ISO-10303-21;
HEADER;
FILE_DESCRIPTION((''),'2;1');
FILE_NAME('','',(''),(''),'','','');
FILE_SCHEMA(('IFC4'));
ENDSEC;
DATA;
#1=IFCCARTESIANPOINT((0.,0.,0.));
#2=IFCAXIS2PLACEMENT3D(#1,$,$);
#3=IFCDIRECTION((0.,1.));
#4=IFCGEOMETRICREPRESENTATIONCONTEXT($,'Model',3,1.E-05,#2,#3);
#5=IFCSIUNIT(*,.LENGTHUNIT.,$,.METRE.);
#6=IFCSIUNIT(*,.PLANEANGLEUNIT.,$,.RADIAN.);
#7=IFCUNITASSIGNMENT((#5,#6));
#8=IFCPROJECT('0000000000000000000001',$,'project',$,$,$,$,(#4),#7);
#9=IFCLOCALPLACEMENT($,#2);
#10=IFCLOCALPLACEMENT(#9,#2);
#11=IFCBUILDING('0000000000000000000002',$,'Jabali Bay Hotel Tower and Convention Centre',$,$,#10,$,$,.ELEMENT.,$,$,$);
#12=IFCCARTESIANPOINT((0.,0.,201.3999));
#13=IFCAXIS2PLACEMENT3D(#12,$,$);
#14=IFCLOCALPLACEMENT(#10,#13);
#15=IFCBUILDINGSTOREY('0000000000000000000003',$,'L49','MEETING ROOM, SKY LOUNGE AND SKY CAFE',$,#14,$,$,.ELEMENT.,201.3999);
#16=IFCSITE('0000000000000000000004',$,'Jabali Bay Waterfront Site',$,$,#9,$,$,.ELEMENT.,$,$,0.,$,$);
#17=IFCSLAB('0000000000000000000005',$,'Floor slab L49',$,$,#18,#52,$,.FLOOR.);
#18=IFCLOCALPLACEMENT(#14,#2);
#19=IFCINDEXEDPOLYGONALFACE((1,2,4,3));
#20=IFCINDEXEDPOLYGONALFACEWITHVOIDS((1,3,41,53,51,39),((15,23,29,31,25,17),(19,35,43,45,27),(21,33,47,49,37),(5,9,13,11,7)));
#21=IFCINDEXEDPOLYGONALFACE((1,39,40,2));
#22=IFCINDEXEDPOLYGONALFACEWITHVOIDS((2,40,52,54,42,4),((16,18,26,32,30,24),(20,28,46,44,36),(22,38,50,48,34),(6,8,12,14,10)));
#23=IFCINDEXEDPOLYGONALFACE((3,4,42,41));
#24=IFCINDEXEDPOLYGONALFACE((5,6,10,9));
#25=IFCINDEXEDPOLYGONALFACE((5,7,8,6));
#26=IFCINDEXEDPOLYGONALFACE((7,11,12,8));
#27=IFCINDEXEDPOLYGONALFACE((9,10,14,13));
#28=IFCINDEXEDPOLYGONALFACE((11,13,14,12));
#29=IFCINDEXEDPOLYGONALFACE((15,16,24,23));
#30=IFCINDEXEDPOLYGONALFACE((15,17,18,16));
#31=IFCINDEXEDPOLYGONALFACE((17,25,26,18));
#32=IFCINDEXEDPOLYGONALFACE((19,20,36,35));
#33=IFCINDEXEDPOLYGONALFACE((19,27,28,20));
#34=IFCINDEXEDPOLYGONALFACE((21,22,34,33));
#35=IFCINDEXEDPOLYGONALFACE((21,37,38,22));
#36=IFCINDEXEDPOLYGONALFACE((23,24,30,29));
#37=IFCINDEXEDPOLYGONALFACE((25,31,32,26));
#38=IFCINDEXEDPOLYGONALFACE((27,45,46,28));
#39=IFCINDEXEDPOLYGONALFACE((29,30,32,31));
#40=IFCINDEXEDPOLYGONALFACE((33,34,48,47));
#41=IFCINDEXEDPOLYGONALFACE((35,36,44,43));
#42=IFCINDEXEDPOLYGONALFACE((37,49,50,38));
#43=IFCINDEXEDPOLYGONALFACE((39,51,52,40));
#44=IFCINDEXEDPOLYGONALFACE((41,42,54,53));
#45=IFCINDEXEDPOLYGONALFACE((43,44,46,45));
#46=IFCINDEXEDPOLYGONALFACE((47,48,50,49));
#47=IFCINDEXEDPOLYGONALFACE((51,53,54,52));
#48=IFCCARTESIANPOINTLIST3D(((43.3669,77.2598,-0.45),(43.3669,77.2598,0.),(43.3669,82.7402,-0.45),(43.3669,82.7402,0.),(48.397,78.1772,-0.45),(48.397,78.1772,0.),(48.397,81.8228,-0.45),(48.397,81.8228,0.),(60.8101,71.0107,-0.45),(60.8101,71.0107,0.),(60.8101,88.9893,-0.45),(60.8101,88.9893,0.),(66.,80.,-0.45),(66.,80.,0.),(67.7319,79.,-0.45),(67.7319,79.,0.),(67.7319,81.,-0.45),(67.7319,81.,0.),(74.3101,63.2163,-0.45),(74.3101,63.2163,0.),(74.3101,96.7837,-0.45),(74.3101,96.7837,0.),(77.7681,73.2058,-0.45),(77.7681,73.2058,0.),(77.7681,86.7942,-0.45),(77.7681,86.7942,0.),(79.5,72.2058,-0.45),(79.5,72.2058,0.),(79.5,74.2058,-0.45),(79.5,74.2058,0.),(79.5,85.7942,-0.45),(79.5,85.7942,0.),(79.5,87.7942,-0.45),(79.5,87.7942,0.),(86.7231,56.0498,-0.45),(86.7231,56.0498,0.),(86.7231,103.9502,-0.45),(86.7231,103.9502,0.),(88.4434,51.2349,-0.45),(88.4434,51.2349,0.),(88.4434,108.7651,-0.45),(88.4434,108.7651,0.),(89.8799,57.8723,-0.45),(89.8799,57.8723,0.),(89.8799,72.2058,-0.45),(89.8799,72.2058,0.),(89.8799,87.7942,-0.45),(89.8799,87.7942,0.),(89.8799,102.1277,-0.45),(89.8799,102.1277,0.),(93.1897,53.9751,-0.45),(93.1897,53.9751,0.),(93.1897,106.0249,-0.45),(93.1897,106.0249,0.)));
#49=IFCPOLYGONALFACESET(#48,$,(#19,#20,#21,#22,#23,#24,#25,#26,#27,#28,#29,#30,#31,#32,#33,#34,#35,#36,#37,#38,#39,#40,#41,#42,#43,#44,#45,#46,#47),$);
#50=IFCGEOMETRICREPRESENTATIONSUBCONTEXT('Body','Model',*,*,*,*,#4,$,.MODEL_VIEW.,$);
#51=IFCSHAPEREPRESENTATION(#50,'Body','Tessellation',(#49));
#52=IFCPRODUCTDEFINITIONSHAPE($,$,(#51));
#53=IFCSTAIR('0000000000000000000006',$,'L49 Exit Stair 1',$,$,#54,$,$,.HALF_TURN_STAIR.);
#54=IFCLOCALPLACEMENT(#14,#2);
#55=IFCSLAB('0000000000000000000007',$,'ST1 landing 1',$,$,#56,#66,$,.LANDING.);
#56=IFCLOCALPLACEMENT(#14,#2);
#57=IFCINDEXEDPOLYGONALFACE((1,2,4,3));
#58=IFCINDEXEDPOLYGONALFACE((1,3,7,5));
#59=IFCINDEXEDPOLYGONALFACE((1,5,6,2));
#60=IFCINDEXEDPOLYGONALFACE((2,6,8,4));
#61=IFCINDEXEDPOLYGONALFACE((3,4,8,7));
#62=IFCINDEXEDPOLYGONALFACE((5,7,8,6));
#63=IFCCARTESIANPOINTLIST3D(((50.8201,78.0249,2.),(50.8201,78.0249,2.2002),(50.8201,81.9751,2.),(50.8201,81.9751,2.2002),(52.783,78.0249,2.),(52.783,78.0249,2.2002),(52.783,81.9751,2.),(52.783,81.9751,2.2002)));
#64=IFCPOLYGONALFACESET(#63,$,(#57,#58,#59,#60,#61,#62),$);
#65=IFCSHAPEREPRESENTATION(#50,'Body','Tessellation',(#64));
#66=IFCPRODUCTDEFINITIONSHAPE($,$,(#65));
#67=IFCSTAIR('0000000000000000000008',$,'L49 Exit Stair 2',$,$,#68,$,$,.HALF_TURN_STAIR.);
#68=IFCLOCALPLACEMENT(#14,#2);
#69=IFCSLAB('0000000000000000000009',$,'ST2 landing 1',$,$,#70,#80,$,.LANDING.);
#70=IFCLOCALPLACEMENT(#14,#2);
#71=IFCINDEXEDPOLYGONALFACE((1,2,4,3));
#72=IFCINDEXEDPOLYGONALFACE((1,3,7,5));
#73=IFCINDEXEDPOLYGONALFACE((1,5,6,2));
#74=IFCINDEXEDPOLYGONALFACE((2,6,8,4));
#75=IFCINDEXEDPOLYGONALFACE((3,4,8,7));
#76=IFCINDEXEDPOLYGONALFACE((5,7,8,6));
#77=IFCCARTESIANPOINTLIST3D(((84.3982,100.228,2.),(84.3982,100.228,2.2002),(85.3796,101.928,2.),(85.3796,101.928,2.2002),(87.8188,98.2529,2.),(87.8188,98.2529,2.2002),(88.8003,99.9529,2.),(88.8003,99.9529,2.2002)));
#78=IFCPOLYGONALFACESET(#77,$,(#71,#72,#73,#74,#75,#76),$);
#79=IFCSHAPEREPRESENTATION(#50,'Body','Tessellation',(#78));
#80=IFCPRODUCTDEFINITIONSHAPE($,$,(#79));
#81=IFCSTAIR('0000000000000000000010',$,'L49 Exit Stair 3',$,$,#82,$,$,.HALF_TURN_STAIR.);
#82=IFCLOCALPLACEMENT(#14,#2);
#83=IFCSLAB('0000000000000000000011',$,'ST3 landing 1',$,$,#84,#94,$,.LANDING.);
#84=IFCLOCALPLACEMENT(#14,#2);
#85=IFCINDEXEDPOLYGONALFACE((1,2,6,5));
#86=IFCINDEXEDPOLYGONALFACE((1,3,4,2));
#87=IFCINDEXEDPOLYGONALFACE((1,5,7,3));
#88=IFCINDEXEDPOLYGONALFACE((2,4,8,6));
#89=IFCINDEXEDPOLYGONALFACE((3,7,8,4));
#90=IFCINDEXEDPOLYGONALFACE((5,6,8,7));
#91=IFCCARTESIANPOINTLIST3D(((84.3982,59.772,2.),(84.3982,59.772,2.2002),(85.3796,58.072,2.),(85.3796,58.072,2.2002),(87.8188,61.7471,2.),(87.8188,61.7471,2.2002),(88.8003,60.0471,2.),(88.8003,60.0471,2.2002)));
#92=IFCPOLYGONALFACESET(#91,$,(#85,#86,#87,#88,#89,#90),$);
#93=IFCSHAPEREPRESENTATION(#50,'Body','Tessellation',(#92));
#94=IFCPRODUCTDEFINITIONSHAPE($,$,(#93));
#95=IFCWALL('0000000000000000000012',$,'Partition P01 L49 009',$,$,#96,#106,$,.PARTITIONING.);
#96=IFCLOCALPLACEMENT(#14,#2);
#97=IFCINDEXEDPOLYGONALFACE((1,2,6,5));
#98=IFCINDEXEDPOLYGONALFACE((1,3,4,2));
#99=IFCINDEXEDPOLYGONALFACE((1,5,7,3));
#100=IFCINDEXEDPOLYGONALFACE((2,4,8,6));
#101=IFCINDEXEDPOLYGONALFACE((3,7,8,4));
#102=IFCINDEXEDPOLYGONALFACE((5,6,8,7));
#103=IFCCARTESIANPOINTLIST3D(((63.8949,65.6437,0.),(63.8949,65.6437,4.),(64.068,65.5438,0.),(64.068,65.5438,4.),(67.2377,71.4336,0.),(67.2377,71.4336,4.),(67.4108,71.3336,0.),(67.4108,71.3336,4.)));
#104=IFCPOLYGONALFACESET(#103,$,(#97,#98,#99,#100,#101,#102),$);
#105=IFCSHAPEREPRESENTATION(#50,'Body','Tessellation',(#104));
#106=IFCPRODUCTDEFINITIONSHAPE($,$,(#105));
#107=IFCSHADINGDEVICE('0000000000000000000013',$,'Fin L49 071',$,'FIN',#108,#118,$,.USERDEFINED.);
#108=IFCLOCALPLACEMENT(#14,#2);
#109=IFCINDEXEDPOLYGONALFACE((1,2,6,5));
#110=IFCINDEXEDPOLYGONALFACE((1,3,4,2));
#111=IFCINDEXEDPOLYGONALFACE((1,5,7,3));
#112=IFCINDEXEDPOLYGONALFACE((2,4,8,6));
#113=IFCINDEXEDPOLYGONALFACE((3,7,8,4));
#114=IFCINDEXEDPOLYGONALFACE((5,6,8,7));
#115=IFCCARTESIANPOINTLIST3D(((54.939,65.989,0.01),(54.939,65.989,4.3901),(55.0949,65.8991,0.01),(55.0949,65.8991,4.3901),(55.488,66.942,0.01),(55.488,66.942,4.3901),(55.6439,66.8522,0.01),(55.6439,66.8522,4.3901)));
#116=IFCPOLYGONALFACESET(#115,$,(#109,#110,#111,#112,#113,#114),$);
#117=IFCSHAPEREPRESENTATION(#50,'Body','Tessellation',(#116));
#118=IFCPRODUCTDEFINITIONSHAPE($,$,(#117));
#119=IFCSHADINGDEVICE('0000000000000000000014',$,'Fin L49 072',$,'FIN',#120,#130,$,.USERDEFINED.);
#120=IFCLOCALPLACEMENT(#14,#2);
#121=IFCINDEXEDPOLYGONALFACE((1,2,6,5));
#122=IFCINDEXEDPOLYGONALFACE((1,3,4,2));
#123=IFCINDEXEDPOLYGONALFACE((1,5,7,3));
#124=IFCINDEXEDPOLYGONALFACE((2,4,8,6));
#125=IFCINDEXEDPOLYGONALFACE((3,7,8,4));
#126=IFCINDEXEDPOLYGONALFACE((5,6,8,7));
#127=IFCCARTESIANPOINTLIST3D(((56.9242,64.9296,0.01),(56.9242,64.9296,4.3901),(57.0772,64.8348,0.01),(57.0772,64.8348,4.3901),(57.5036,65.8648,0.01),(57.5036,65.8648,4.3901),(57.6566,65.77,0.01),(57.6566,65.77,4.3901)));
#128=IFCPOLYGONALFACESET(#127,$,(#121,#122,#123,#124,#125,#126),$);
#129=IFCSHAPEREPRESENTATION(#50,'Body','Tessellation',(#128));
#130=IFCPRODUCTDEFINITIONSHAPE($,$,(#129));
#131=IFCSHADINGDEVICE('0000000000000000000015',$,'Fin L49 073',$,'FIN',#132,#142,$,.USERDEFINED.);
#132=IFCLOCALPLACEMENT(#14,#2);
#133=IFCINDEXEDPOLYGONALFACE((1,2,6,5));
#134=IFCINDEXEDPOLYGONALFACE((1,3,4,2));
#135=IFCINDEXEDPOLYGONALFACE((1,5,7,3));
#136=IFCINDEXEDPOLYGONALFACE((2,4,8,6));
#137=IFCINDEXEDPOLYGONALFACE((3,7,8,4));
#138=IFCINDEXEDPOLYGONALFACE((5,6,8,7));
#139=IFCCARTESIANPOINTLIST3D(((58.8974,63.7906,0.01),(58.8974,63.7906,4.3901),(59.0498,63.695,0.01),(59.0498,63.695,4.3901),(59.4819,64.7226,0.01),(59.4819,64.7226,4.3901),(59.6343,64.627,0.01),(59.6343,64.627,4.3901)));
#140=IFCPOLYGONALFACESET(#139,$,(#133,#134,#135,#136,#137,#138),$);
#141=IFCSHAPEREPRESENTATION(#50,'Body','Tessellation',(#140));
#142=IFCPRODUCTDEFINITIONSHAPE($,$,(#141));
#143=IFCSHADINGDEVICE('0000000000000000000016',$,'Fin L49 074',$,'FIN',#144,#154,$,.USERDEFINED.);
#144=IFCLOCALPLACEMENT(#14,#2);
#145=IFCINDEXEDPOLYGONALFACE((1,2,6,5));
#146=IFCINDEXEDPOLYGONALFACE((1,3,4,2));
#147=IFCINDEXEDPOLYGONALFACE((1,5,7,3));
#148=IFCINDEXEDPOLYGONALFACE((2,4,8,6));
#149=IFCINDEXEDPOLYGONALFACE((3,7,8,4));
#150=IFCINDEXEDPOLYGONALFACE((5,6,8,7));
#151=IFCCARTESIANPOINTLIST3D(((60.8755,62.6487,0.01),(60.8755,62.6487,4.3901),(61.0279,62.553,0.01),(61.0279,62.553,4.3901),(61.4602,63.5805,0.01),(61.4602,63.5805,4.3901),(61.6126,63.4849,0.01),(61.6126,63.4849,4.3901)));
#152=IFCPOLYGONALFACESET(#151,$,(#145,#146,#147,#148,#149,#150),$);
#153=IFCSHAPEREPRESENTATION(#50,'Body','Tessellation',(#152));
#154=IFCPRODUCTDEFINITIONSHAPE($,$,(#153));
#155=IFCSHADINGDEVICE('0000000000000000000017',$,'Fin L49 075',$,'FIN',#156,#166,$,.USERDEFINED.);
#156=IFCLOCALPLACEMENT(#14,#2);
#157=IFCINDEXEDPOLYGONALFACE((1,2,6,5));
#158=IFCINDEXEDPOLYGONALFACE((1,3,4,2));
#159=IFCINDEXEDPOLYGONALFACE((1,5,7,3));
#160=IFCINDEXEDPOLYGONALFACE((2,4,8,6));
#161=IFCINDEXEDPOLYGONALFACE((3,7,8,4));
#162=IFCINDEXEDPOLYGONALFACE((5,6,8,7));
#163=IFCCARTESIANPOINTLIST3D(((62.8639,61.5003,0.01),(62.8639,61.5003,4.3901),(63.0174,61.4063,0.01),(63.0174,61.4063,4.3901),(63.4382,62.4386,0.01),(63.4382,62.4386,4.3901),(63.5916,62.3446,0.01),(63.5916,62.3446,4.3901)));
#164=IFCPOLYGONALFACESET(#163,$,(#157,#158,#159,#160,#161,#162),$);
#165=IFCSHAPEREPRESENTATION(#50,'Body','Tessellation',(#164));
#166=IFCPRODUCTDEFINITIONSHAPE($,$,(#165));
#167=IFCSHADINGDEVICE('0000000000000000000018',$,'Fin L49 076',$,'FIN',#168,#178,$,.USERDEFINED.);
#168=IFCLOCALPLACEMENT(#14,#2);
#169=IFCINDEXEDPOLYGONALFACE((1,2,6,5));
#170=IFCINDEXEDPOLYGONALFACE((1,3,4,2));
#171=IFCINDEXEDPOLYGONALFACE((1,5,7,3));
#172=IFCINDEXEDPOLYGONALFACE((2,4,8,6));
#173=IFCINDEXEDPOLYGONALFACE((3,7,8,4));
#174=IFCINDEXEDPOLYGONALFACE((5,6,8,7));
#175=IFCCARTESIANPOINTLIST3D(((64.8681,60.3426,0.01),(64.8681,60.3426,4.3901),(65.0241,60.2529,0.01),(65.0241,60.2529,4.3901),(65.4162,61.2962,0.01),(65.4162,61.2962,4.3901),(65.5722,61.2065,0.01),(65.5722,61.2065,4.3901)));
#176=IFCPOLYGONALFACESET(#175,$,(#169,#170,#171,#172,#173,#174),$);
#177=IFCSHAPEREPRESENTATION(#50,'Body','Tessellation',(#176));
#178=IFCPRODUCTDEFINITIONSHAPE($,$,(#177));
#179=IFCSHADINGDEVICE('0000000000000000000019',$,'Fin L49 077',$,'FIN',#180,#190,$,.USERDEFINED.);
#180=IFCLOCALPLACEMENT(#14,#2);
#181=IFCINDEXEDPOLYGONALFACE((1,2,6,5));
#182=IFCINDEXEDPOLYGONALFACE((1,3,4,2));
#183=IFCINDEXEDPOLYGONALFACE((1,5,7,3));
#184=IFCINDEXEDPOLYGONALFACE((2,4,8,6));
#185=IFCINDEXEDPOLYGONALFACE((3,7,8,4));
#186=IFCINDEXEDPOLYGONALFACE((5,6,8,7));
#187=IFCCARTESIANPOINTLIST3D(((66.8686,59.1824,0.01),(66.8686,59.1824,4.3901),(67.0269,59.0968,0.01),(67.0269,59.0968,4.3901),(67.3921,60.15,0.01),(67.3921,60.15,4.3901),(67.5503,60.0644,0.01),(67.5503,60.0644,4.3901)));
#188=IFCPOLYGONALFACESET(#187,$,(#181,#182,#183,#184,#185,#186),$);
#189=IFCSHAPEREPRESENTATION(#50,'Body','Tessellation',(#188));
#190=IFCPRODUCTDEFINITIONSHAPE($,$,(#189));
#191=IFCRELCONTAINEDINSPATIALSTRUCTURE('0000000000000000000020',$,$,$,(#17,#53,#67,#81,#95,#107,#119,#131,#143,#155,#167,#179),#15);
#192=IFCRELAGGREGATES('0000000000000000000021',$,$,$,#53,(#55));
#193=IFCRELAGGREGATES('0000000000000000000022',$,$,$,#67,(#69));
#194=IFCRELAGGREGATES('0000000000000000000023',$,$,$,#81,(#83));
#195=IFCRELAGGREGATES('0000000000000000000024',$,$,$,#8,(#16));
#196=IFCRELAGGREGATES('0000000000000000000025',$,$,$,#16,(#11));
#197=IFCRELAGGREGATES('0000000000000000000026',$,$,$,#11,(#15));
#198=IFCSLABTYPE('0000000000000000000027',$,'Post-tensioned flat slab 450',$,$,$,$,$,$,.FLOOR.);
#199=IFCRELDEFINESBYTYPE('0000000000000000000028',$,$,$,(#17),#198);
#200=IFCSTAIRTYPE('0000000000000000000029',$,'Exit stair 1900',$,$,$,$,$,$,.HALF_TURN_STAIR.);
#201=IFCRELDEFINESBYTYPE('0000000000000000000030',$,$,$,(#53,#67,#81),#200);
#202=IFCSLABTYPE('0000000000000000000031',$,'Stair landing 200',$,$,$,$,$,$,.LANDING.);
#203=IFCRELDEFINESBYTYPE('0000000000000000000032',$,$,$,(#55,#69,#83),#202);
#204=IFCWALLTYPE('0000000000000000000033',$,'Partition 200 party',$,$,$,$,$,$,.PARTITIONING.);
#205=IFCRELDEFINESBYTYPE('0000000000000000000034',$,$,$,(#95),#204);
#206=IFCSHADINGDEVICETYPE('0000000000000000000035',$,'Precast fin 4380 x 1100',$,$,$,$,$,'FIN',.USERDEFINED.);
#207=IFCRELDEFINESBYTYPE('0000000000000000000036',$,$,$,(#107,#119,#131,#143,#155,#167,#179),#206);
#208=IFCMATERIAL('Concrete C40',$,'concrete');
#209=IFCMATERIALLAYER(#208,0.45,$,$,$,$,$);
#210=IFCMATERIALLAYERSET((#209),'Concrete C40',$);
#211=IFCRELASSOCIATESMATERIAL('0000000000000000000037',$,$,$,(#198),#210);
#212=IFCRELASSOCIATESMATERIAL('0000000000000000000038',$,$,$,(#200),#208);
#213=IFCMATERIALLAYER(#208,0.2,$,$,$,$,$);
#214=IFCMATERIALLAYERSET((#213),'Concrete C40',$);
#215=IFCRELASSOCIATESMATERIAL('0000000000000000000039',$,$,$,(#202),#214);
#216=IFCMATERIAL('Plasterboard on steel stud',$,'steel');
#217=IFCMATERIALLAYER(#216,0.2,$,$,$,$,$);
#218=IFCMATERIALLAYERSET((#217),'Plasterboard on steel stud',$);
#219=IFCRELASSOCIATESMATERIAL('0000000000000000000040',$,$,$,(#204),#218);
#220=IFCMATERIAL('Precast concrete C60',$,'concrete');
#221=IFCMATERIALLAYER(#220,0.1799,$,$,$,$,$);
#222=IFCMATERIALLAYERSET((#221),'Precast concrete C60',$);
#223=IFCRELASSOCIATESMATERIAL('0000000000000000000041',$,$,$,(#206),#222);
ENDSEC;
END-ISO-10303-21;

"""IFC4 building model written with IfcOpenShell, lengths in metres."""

from ifc_helpers import new_model, si_unit, direction, frame, frame_2d, origin, place, context, subcontext, project, spatial, polyline, rectangle, outline, extrude, material, layer, layer_set, type_object, element, aggregate, save


model = new_model("IFC4")

# Units and contexts
model_context = context("Model", 3, precision=1e-05, world=origin(), true_north=direction((0.0, 1.0)))
body_context = subcontext(model_context, "Body", "Model", "MODEL_VIEW")
ifc_project = project(units=[si_unit("LENGTHUNIT", "METRE"), si_unit("PLANEANGLEUNIT", "RADIAN")], contexts=[model_context])

# Site, building, storey
site_placement = place(None, origin())
site = spatial("IfcSite", under=ifc_project, at=site_placement, Name="Jabali Bay Waterfront Site", CompositionType="ELEMENT", RefElevation=0.0)
building_placement = place(site_placement, origin())
building = spatial("IfcBuilding", under=site, at=building_placement, Name="Jabali Bay Hotel Tower and Convention Centre", CompositionType="ELEMENT")
storey_placement = place(building_placement, frame((0.0, 0.0, 201.3999)))
storey = spatial("IfcBuildingStorey", under=building, at=storey_placement, Name="L49", Description="MEETING ROOM, SKY LOUNGE AND SKY CAFE", CompositionType="ELEMENT", Elevation=201.3999)

# Slab
ifc_material_1 = material(Name="Concrete C40", Category="concrete")
ifc_layer_1 = layer(ifc_material_1, 0.45)
ifc_layer_set_1 = layer_set([ifc_layer_1], Name="Concrete C40")
slab_type_1 = type_object("IfcSlabType", Name="Post-tensioned flat slab 450", PredefinedType="FLOOR", material=ifc_layer_set_1)
slab_1_placement = place(storey_placement, frame((0.0, 0.0, -0.45)))
element("IfcSlab", 1, at=slab_1_placement, inside=storey, type_object=slab_type_1, Name="Floor slab L49", PredefinedType="FLOOR", context=body_context, shape_type="SweptSolid", body=[
    extrude(outline(polyline([(88.4434, 108.7651), (93.1897, 106.0249), (93.1897, 53.9751), (88.4434, 51.2349), (43.3669, 77.2598), (43.3669, 82.7402), (88.4434, 108.7651)]), holes=[polyline([(67.7319, 79.0), (77.7681, 73.2058), (79.5, 74.2058), (79.5, 85.7942), (77.7681, 86.7942), (67.7319, 81.0), (67.7319, 79.0)]), polyline([(48.397, 78.1772), (60.8101, 71.0107), (66.0, 80.0), (60.8101, 88.9893), (48.397, 81.8228), (48.397, 78.1772)]), polyline([(89.8799, 102.1277), (86.7231, 103.9502), (74.3101, 96.7837), (79.5, 87.7942), (89.8799, 87.7942), (89.8799, 102.1277)]), polyline([(74.3101, 63.2163), (86.7231, 56.0498), (89.8799, 57.8723), (89.8799, 72.2058), (79.5, 72.2058), (74.3101, 63.2163)])]), origin(), (0.0, 0.0, 1.0), 0.45),
])

# Stairs, slabs
stair_type = type_object("IfcStairType", Name="Exit stair 1900", PredefinedType="HALF_TURN_STAIR", material=ifc_material_1)
stair_1_placement = place(storey_placement, origin())
stair_1 = element("IfcStair", 2, at=stair_1_placement, inside=storey, type_object=stair_type, Name="L49 Exit Stair 1", PredefinedType="HALF_TURN_STAIR")
ifc_layer_2 = layer(ifc_material_1, 0.2)
ifc_layer_set_2 = layer_set([ifc_layer_2], Name="Concrete C40")
slab_type_2 = type_object("IfcSlabType", Name="Stair landing 200", PredefinedType="LANDING", material=ifc_layer_set_2)
slab_2_placement = place(storey_placement, frame((0.0, 0.0, 2.0)))
slab_2 = element("IfcSlab", 3, at=slab_2_placement, type_object=slab_type_2, Name="ST1 landing 1", PredefinedType="LANDING", context=body_context, shape_type="SweptSolid", body=[
    extrude(outline(polyline([(52.783, 81.9751), (50.8201, 81.9751), (50.8201, 78.0249), (52.783, 78.0249), (52.783, 81.9751)])), origin(), (0.0, 0.0, 1.0), 0.2002),
])
aggregate(stair_1, [slab_2])
stair_2_placement = place(storey_placement, origin())
stair_2 = element("IfcStair", 4, at=stair_2_placement, inside=storey, type_object=stair_type, Name="L49 Exit Stair 2", PredefinedType="HALF_TURN_STAIR")
slab_3_placement = place(storey_placement, frame((0.0, 0.0, 2.0)))
slab_3 = element("IfcSlab", 5, at=slab_3_placement, type_object=slab_type_2, Name="ST2 landing 1", PredefinedType="LANDING", context=body_context, shape_type="SweptSolid", body=[
    extrude(outline(polyline([(87.8188, 98.2529), (88.8003, 99.9529), (85.3796, 101.928), (84.3982, 100.228), (87.8188, 98.2529)])), origin(), (0.0, 0.0, 1.0), 0.2002),
])
aggregate(stair_2, [slab_3])
stair_3_placement = place(storey_placement, origin())
stair_3 = element("IfcStair", 6, at=stair_3_placement, inside=storey, type_object=stair_type, Name="L49 Exit Stair 3", PredefinedType="HALF_TURN_STAIR")
slab_4_placement = place(storey_placement, frame((0.0, 0.0, 2.0)))
slab_4 = element("IfcSlab", 7, at=slab_4_placement, type_object=slab_type_2, Name="ST3 landing 1", PredefinedType="LANDING", context=body_context, shape_type="SweptSolid", body=[
    extrude(outline(polyline([(84.3982, 59.772), (85.3796, 58.072), (88.8003, 60.0471), (87.8188, 61.7471), (84.3982, 59.772)])), origin(), (0.0, 0.0, 1.0), 0.2002),
])
aggregate(stair_3, [slab_4])

# Wall
ifc_material_2 = material(Name="Plasterboard on steel stud", Category="steel")
ifc_layer_3 = layer(ifc_material_2, 0.2)
ifc_layer_set_3 = layer_set([ifc_layer_3], Name="Plasterboard on steel stud")
wall_type = type_object("IfcWallType", Name="Partition 200 party", PredefinedType="PARTITIONING", material=ifc_layer_set_3)
wall_placement = place(storey_placement, frame((63.9814, 65.5938, 0.0), z_axis=(0.0, 0.0, 1.0), x_axis=(0.500004, 0.866023, 0.0)))
element("IfcWall", 8, at=wall_placement, inside=storey, type_object=wall_type, Name="Partition P01 L49 009", PredefinedType="PARTITIONING", context=body_context, shape_type="SweptSolid", body=[
    extrude(rectangle(XDim=6.6855, YDim=0.2, at=frame_2d((3.3428, 0.0))), origin(), (0.0, 0.0, 1.0), 4.0),
])

# Shading devices
ifc_material_3 = material(Name="Precast concrete C60", Category="concrete")
ifc_layer_4 = layer(ifc_material_3, 0.1799)
ifc_layer_set_4 = layer_set([ifc_layer_4], Name="Precast concrete C60")
shading_device_type = type_object("IfcShadingDeviceType", Name="Precast fin 4380 x 1100", ElementType="FIN", PredefinedType="USERDEFINED", material=ifc_layer_set_4)
shading_device_1_placement = place(storey_placement, frame((55.5659, 66.897, 0.01), z_axis=(0.0, 0.0, 1.0), x_axis=(-0.499172, -0.866503, 0.0)))
element("IfcShadingDevice", 9, at=shading_device_1_placement, inside=storey, type_object=shading_device_type, Name="Fin L49 071", ObjectType="FIN", PredefinedType="USERDEFINED", context=body_context, shape_type="SweptSolid", body=[
    extrude(rectangle(XDim=1.0999, YDim=0.1799, at=frame_2d((0.5498, 0.0))), origin(), (0.0, 0.0, 1.0), 4.3801),
])
for number, where, z_axis, x_axis, name in (
    (10, (57.5801, 65.8174, 0.01), (0.0, 0.0, 1.0), (-0.526683, -0.850062, 0.0), "Fin L49 072"),
    (11, (59.5581, 64.6748, 0.01), (0.0, 0.0, 1.0), (-0.531335, -0.847162, 0.0), "Fin L49 073"),
    (12, (61.5364, 63.5327, 0.01), (0.0, 0.0, 1.0), (-0.531494, -0.847062, 0.0), "Fin L49 074"),
    (13, (63.5149, 62.3916, 0.01), (0.0, 0.0, 1.0), (-0.522015, -0.852936, 0.0), "Fin L49 075"),
):
    element("IfcShadingDevice", number, at=place(storey_placement, frame(where, z_axis=z_axis, x_axis=x_axis)), inside=storey, type_object=shading_device_type, Name=name, ObjectType="FIN", PredefinedType="USERDEFINED", context=body_context, shape_type="SweptSolid", body=[
        extrude(rectangle(XDim=1.1001, YDim=0.1799, at=frame_2d((0.55, 0.0))), origin(), (0.0, 0.0, 1.0), 4.3801),
    ])
shading_device_2_placement = place(storey_placement, frame((65.4941, 61.2512, 0.01), z_axis=(0.0, 0.0, 1.0), x_axis=(-0.498313, -0.866997, 0.0)))
element("IfcShadingDevice", 14, at=shading_device_2_placement, inside=storey, type_object=shading_device_type, Name="Fin L49 076", ObjectType="FIN", PredefinedType="USERDEFINED", context=body_context, shape_type="SweptSolid", body=[
    extrude(rectangle(XDim=1.0999, YDim=0.1799, at=frame_2d((0.5498, 0.0))), origin(), (0.0, 0.0, 1.0), 4.3801),
])
shading_device_3_placement = place(storey_placement, frame((67.4712, 60.1072, 0.01), z_axis=(0.0, 0.0, 1.0), x_axis=(-0.475833, -0.879536, 0.0)))
element("IfcShadingDevice", 15, at=shading_device_3_placement, inside=storey, type_object=shading_device_type, Name="Fin L49 077", ObjectType="FIN", PredefinedType="USERDEFINED", context=body_context, shape_type="SweptSolid", body=[
    extrude(rectangle(XDim=1.1001, YDim=0.1799, at=frame_2d((0.55, 0.0))), origin(), (0.0, 0.0, 1.0), 4.3801),
])

save(model, "model.ifc")
